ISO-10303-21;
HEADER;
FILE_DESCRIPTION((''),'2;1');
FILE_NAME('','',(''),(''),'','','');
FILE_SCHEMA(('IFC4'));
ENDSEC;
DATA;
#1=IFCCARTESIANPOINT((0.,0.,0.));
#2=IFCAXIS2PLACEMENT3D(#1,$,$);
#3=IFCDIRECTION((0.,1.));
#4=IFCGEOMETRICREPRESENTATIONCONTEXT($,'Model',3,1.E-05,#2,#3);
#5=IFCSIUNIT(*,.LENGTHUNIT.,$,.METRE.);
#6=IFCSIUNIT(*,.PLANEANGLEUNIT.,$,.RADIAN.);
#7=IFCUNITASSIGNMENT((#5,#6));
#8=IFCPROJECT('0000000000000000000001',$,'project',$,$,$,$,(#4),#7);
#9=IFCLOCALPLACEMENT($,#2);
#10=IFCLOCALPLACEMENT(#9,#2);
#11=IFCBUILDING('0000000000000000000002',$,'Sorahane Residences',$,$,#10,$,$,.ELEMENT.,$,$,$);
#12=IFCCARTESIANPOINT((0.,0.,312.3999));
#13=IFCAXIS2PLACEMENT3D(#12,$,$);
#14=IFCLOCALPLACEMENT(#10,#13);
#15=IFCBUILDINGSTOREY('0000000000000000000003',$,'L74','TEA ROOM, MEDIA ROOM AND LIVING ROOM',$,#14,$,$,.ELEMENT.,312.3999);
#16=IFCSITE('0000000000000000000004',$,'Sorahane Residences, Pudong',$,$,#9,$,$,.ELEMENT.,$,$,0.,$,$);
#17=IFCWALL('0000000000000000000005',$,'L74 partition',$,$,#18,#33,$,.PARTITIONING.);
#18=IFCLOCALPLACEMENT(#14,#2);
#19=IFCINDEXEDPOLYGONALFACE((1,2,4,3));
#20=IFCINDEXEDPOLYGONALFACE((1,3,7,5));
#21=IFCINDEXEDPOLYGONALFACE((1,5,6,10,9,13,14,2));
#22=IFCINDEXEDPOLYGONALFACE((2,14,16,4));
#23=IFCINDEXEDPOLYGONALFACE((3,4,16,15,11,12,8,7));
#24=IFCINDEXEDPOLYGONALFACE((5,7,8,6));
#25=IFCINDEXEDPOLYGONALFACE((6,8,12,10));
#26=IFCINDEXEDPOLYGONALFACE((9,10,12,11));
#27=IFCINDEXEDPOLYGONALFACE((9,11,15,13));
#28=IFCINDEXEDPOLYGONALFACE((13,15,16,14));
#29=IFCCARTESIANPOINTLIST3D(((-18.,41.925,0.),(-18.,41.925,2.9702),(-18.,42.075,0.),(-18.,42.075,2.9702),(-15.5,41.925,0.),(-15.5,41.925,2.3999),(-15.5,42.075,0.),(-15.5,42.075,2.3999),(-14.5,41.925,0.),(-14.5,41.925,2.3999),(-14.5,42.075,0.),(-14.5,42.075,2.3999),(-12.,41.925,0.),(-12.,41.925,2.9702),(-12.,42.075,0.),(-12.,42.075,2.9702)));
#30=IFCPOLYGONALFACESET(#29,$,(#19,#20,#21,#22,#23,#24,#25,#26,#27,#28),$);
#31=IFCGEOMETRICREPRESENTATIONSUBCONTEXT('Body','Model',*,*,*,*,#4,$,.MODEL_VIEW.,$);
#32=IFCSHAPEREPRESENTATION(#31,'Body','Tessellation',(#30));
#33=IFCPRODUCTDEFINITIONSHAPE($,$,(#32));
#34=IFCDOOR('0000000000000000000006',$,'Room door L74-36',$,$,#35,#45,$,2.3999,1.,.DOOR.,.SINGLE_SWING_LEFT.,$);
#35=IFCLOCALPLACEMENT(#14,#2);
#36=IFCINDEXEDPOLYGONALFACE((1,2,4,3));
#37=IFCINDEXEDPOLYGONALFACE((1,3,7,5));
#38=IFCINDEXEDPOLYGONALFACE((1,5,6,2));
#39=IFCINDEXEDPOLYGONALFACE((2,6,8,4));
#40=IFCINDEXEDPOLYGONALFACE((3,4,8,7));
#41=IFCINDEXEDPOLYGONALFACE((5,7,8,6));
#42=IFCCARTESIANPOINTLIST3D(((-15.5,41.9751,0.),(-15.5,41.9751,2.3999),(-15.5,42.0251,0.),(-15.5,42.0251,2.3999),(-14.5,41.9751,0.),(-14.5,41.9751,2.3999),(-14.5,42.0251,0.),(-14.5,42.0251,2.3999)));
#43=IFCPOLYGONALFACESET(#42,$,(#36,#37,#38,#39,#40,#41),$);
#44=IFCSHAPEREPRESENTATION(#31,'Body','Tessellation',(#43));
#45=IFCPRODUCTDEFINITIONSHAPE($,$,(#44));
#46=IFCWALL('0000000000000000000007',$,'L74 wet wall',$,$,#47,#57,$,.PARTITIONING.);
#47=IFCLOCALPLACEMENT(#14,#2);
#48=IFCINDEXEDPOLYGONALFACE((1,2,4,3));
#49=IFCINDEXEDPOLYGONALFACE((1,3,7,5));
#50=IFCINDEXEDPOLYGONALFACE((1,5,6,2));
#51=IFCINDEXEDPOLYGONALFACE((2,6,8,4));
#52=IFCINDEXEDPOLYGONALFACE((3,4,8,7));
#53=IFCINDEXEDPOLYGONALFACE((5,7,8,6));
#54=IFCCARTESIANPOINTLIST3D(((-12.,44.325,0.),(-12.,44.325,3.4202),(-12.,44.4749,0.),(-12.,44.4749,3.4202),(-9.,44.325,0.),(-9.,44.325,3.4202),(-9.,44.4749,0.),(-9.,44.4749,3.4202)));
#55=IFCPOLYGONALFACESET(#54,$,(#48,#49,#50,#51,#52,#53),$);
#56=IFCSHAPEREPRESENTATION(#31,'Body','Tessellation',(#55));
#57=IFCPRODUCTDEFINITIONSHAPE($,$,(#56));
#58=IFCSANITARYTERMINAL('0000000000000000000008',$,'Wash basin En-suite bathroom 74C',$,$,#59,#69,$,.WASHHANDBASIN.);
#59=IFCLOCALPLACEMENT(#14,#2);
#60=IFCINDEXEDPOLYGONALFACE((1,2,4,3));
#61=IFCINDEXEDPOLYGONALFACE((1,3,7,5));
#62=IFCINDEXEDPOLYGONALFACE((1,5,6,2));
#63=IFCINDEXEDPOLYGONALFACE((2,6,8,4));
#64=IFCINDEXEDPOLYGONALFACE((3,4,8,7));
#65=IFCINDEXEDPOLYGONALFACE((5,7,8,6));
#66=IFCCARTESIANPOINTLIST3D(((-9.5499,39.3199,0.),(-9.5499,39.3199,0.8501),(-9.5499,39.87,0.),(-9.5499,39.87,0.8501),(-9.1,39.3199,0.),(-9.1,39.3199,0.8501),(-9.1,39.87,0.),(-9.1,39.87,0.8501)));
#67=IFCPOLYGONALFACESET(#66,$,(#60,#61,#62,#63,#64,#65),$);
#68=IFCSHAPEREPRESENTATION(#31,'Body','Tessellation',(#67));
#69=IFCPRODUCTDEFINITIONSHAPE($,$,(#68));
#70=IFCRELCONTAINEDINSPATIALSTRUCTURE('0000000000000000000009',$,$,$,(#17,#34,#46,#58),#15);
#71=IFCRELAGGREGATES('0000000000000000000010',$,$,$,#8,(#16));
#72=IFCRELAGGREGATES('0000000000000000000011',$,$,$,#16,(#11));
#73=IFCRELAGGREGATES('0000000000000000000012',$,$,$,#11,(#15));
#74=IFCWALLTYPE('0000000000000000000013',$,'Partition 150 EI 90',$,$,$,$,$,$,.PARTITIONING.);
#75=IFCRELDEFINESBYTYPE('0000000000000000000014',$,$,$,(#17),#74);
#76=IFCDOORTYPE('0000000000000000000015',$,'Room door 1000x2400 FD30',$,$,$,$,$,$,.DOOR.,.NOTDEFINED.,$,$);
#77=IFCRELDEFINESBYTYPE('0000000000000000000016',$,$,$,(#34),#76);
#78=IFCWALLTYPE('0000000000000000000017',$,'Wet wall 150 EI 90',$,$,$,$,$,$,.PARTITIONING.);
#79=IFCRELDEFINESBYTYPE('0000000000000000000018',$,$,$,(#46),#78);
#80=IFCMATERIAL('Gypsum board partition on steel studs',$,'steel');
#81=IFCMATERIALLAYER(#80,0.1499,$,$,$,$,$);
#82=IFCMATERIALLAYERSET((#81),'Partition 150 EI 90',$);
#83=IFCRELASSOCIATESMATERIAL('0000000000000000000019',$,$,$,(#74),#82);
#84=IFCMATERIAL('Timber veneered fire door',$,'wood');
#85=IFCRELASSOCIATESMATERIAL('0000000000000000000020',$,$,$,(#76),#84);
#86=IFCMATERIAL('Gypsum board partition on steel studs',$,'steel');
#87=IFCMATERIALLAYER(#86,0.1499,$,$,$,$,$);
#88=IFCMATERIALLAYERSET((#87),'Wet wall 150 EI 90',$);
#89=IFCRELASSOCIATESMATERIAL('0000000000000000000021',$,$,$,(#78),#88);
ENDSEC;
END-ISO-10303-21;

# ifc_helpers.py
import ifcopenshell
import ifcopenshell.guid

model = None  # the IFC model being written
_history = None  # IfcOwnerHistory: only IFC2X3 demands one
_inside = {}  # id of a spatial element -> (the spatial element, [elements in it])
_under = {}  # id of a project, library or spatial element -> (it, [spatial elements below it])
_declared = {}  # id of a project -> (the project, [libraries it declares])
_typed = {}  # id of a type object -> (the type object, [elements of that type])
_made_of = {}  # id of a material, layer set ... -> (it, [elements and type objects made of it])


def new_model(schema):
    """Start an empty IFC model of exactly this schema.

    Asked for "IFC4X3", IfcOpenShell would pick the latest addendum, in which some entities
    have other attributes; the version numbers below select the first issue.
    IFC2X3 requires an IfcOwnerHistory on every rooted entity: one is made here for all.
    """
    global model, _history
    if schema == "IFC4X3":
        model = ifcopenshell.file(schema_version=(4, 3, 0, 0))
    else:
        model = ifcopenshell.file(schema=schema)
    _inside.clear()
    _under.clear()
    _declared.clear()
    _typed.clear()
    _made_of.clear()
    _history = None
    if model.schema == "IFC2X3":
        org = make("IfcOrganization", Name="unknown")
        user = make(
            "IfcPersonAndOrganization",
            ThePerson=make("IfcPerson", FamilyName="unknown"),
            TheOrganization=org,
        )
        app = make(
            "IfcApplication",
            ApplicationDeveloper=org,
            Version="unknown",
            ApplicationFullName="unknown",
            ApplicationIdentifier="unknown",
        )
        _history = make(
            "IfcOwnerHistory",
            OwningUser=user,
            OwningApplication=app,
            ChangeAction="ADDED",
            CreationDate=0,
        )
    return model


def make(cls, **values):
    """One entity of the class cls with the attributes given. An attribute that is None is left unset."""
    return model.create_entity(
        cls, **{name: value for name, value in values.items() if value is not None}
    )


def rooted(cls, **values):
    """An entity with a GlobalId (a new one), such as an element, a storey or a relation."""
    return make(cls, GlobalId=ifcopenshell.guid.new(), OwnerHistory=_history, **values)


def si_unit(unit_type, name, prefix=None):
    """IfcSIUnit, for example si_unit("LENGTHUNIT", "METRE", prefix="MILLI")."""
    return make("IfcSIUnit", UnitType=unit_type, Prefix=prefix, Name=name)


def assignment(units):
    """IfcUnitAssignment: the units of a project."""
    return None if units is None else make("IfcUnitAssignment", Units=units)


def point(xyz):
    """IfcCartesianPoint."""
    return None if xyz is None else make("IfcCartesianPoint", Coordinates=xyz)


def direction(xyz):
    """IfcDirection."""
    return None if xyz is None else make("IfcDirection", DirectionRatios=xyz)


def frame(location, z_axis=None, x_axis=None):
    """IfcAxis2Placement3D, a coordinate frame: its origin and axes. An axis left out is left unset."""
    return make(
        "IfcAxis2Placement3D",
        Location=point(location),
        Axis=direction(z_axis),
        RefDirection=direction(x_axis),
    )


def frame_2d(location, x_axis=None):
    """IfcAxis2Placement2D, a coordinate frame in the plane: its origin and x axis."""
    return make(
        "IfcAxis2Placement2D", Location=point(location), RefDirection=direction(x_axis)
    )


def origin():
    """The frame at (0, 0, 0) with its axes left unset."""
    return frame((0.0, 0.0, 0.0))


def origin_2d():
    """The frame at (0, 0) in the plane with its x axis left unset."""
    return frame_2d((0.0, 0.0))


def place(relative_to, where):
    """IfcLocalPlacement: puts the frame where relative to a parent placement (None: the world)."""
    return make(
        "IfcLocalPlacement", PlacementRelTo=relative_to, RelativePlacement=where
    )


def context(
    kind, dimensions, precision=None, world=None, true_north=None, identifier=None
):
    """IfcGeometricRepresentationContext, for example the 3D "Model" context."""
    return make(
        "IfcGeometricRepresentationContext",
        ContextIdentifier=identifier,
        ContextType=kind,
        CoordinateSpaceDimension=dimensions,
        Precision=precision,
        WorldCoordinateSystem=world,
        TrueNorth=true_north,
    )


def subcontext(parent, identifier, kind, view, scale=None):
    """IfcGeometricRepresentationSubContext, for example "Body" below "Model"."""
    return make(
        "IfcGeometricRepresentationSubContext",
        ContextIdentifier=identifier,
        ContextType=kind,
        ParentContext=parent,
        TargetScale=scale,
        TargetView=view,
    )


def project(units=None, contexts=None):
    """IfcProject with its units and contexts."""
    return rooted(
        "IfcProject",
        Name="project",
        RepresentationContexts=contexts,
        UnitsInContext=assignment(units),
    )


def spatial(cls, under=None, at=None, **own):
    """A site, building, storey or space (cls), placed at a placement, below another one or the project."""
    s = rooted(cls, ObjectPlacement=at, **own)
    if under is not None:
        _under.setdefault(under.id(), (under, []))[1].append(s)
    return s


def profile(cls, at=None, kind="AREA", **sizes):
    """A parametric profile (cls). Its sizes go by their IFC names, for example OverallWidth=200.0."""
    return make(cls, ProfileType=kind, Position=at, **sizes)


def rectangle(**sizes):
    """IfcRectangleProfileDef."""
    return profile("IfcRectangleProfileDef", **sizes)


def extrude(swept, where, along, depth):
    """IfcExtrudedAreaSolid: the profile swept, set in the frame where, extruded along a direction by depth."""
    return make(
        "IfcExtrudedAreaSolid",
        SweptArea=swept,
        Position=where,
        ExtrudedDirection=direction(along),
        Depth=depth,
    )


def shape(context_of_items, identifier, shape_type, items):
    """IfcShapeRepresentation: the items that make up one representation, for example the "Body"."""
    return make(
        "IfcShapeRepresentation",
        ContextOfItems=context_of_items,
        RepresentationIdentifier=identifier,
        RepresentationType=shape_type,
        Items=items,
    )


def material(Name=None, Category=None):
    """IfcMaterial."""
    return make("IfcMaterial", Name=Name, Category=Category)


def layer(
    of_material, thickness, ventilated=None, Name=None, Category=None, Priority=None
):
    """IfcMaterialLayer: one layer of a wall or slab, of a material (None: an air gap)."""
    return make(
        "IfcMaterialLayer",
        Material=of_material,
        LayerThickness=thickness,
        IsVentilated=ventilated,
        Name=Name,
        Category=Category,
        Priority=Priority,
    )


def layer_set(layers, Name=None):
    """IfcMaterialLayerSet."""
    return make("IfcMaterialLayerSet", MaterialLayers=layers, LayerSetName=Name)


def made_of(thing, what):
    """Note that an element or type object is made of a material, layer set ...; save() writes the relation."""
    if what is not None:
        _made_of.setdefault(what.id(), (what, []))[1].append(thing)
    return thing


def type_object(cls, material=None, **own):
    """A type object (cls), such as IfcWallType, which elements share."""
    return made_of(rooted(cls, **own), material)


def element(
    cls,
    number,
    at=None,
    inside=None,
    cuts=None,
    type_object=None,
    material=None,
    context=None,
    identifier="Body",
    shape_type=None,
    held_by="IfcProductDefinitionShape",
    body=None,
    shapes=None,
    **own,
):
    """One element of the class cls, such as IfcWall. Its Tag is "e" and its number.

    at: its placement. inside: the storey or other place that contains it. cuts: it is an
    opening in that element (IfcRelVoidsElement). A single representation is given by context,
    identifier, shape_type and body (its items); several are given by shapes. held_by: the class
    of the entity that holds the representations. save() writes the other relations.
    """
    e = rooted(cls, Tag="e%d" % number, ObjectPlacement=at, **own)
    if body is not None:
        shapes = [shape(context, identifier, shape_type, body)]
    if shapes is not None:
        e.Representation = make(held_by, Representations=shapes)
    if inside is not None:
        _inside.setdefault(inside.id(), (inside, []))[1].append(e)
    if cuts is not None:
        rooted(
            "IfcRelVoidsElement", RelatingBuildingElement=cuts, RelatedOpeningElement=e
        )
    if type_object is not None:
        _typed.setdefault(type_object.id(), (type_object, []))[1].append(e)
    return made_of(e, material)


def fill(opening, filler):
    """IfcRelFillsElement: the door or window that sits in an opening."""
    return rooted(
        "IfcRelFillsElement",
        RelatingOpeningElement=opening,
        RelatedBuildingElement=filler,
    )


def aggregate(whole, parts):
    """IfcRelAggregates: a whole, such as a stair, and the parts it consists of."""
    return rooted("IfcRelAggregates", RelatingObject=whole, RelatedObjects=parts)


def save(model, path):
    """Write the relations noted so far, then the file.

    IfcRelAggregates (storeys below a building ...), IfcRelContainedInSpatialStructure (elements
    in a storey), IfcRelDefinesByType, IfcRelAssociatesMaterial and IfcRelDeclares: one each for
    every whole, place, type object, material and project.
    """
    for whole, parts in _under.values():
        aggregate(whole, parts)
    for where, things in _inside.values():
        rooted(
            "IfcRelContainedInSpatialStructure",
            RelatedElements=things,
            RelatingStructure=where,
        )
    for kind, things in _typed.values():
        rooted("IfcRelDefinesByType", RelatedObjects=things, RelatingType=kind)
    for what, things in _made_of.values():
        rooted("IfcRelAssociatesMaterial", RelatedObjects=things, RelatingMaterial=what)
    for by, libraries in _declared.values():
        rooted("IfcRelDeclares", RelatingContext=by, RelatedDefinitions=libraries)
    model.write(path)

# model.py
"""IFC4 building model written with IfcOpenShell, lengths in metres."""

from ifc_helpers import new_model, si_unit, direction, frame, frame_2d, origin, origin_2d, place, context, subcontext, project, spatial, rectangle, extrude, material, layer, layer_set, type_object, element, fill, save


model = new_model("IFC4")

# Units and contexts
model_context = context("Model", 3, precision=1e-05, world=origin(), true_north=direction((0.0, 1.0)))
body_context = subcontext(model_context, "Body", "Model", "MODEL_VIEW")
ifc_project = project(units=[si_unit("LENGTHUNIT", "METRE"), si_unit("PLANEANGLEUNIT", "RADIAN")], contexts=[model_context])

# Site, building, storey
site_placement = place(None, origin())
site = spatial("IfcSite", under=ifc_project, at=site_placement, Name="Sorahane Residences, Pudong", CompositionType="ELEMENT", RefElevation=0.0)
building_placement = place(site_placement, origin())
building = spatial("IfcBuilding", under=site, at=building_placement, Name="Sorahane Residences", CompositionType="ELEMENT")
storey_placement = place(building_placement, frame((0.0, 0.0, 312.3999)))
storey = spatial("IfcBuildingStorey", under=building, at=storey_placement, Name="L74", Description="TEA ROOM, MEDIA ROOM AND LIVING ROOM", CompositionType="ELEMENT", Elevation=312.3999)

# Wall, opening, door
ifc_material_1 = material(Name="Gypsum board partition on steel studs", Category="steel")
ifc_layer_1 = layer(ifc_material_1, 0.1499)
ifc_layer_set_1 = layer_set([ifc_layer_1], Name="Partition 150 EI 90")
wall_type_1 = type_object("IfcWallType", Name="Partition 150 EI 90", PredefinedType="PARTITIONING", material=ifc_layer_set_1)
ifc_material_2 = material(Name="Timber veneered fire door", Category="wood")
door_type_1 = type_object("IfcDoorType", Name="Room door 1000x2400 FD30", OperationType="NOTDEFINED", PredefinedType="DOOR", material=ifc_material_2)
wall_1_placement = place(storey_placement, frame((-18.0, 42.0, 0.0), z_axis=(0.0, 0.0, 1.0), x_axis=(1.0, 0.0, 0.0)))
wall_1 = element("IfcWall", 1, at=wall_1_placement, inside=storey, type_object=wall_type_1, Name="L74 partition", PredefinedType="PARTITIONING", context=body_context, shape_type="SweptSolid", body=[
    extrude(rectangle(XDim=6.0, YDim=0.1499, at=frame_2d((3.0, 0.0))), origin(), (0.0, 0.0, 1.0), 2.9702),
])
opening_1_placement = place(wall_1_placement, frame((2.5, 0.0, 0.0)))
opening_1 = element("IfcOpeningElement", 2, at=opening_1_placement, cuts=wall_1, PredefinedType="OPENING", context=body_context, shape_type="SweptSolid", body=[
    extrude(rectangle(XDim=1.0, YDim=2.3999, at=frame_2d((0.5, 1.2))), frame((0.0, 0.085, 0.0), z_axis=(0.0, -1.0, 0.0), x_axis=(1.0, 0.0, 0.0)), (0.0, 0.0, 1.0), 0.1699),
])
door_1_placement = place(opening_1_placement, frame((1.0, 0.0, 0.0), z_axis=(0.0, 0.0, 1.0), x_axis=(-1.0, 0.0, 0.0)))
door_1 = element("IfcDoor", 3, at=door_1_placement, inside=storey, type_object=door_type_1, Name="Room door L74-36", OperationType="SINGLE_SWING_LEFT", OverallHeight=2.3999, OverallWidth=1.0, PredefinedType="DOOR", context=body_context, shape_type="SweptSolid", body=[
    extrude(rectangle(XDim=1.0, YDim=2.3999, at=frame_2d((0.5, 1.2))), frame((0.0, 0.0249, 0.0), z_axis=(0.0, -1.0, 0.0), x_axis=(1.0, 0.0, 0.0)), (0.0, 0.0, 1.0), 0.05),
])
fill(opening_1, door_1)
ifc_material_3 = material(Name="Gypsum board partition on steel studs", Category="steel")
ifc_layer_2 = layer(ifc_material_3, 0.1499)
ifc_layer_set_2 = layer_set([ifc_layer_2], Name="Wet wall 150 EI 90")
wall_type_2 = type_object("IfcWallType", Name="Wet wall 150 EI 90", PredefinedType="PARTITIONING", material=ifc_layer_set_2)

# Wall
wall_2_placement = place(storey_placement, frame((-12.0, 44.3999, 0.0), z_axis=(0.0, 0.0, 1.0), x_axis=(1.0, 0.0, 0.0)))
element("IfcWall", 4, at=wall_2_placement, inside=storey, type_object=wall_type_2, Name="L74 wet wall", PredefinedType="PARTITIONING", context=body_context, shape_type="SweptSolid", body=[
    extrude(rectangle(XDim=3.0, YDim=0.1499, at=frame_2d((1.5, 0.0))), origin(), (0.0, 0.0, 1.0), 3.4202),
])

# Sanitary terminal
sanitary_terminal_placement = place(storey_placement, frame((-9.325, 39.595, 0.0), z_axis=(0.0, 0.0, 1.0), x_axis=(0.0, -1.0, 0.0)))
element("IfcSanitaryTerminal", 5, at=sanitary_terminal_placement, inside=storey, Name="Wash basin En-suite bathroom 74C", PredefinedType="WASHHANDBASIN", context=body_context, shape_type="SweptSolid", body=[
    extrude(rectangle(XDim=0.55, YDim=0.45, at=origin_2d()), origin(), (0.0, 0.0, 1.0), 0.8501),
])

save(model, "model.ifc")
